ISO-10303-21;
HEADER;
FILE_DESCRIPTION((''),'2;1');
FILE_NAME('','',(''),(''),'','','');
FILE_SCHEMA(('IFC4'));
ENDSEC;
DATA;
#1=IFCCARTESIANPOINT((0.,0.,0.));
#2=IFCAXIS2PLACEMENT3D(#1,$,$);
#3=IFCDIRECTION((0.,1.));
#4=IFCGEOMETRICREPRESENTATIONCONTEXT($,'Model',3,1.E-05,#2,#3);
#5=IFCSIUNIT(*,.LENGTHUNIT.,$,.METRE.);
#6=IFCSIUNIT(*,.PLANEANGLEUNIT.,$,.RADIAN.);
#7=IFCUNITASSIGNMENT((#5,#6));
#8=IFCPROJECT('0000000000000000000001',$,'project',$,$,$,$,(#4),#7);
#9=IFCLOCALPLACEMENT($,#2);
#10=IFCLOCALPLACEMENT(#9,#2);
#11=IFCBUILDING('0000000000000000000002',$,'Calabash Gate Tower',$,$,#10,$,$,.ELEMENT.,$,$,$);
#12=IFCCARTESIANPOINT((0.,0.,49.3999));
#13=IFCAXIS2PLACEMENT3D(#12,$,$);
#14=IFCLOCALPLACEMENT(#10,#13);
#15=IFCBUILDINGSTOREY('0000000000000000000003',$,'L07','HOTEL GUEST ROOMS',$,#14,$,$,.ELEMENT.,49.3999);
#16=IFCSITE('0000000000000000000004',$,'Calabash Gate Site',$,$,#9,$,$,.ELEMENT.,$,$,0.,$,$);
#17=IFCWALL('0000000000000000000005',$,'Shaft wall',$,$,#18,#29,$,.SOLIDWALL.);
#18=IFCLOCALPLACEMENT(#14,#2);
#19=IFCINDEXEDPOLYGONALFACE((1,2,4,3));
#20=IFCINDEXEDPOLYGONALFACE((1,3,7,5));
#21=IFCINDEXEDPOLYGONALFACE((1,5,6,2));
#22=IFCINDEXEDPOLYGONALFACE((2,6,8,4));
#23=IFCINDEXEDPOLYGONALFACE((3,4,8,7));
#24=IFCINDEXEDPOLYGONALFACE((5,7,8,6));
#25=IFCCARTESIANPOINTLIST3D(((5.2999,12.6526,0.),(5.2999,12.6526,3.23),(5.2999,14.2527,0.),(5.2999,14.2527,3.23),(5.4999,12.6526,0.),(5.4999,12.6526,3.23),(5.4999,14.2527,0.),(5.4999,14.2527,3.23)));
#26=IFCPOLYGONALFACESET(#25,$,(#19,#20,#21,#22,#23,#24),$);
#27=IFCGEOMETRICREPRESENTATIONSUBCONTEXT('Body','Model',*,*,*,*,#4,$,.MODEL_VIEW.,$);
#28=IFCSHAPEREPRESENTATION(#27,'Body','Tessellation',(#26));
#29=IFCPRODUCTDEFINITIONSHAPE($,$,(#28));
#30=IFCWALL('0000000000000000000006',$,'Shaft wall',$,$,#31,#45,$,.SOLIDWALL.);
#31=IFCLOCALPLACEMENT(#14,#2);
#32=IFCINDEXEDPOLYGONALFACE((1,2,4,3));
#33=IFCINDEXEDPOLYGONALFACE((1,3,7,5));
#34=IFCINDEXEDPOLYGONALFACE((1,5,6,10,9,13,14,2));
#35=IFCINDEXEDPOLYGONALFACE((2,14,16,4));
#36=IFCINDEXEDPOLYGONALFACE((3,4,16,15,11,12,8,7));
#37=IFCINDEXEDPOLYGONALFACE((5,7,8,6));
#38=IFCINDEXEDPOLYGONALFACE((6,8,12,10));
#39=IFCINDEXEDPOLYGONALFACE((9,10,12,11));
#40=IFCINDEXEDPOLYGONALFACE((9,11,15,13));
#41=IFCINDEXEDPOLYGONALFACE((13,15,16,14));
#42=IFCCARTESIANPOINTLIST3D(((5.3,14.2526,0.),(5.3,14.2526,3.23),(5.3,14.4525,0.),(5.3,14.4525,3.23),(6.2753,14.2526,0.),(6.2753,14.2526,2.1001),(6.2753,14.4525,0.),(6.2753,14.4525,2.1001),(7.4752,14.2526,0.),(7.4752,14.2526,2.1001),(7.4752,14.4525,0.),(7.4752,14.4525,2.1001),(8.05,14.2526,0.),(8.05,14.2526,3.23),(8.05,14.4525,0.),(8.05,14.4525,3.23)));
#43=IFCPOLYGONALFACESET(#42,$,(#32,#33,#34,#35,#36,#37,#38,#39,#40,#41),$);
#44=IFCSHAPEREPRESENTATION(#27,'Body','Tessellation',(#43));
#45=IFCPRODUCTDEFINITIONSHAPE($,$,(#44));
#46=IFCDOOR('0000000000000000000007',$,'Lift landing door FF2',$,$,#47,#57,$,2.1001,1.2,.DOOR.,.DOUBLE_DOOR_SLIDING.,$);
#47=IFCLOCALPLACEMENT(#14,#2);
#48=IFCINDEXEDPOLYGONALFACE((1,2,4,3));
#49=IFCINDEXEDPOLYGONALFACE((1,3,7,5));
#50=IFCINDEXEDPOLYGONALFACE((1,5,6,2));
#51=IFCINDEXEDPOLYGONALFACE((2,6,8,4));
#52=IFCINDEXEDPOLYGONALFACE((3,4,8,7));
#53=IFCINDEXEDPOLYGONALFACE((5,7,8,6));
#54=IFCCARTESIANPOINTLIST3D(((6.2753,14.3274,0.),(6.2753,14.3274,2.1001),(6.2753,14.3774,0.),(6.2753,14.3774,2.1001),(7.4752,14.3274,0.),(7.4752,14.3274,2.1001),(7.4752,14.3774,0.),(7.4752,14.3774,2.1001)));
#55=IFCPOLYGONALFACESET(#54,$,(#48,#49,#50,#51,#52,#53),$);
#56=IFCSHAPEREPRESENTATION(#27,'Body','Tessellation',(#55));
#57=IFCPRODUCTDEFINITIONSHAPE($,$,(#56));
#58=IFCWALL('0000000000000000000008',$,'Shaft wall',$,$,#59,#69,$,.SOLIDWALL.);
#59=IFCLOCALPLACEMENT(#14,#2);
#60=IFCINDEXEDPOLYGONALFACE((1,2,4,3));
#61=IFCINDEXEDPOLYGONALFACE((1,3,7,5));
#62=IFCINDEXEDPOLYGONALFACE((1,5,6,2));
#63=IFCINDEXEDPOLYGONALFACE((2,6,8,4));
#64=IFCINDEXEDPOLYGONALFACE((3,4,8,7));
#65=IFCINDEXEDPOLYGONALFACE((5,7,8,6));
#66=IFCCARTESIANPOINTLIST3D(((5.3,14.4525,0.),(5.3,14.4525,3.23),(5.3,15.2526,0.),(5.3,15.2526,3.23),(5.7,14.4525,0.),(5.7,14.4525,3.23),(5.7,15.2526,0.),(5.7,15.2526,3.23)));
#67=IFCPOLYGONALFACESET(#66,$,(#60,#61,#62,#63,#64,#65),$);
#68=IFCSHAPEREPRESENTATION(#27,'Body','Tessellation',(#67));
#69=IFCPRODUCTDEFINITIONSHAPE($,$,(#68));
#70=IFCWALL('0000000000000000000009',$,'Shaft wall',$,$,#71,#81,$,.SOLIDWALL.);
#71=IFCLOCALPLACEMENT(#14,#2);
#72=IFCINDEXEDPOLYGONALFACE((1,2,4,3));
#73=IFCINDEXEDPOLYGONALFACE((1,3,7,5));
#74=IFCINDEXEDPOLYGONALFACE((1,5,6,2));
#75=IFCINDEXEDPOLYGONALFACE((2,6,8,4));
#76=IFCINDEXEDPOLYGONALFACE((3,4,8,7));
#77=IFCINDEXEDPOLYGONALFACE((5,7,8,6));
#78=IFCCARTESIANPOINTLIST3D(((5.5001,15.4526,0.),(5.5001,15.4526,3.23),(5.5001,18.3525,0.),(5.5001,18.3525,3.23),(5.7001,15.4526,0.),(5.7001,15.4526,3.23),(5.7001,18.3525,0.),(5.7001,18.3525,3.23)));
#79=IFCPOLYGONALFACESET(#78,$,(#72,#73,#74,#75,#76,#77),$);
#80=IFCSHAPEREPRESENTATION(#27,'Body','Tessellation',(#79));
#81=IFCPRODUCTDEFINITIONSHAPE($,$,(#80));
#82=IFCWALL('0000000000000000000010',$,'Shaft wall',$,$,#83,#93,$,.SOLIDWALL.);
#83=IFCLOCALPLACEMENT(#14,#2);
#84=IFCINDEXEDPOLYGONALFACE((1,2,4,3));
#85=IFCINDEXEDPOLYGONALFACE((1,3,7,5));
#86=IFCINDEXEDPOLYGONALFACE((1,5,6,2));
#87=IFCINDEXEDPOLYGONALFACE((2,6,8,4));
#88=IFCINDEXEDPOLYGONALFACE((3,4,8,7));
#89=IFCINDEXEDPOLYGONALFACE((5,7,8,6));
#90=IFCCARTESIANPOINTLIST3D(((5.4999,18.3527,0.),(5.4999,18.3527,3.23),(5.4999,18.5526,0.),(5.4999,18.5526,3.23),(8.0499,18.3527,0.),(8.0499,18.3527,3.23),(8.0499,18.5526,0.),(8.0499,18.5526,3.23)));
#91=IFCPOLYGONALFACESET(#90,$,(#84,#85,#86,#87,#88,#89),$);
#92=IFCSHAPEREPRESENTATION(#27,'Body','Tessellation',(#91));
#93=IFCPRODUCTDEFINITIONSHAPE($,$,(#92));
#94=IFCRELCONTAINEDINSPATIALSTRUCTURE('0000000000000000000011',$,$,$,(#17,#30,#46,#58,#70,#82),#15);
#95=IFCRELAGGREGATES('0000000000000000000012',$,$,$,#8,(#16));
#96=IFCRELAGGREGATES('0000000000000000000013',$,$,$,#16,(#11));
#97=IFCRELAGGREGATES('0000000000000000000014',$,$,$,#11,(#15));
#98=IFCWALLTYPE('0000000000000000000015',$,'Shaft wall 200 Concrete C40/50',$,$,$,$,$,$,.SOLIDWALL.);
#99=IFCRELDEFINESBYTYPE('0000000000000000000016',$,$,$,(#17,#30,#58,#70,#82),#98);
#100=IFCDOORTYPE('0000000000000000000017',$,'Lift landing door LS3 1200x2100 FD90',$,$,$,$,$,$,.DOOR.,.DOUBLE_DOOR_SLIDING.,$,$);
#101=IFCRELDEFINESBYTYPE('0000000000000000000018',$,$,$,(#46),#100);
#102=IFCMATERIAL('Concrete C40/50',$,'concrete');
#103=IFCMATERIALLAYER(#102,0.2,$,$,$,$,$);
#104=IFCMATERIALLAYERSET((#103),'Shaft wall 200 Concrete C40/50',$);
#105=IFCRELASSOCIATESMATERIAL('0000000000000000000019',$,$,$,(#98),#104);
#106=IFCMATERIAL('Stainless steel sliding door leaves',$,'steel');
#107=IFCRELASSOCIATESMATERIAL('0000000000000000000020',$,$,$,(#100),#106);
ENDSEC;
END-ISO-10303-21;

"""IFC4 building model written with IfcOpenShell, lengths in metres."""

from ifc_helpers import new_model, si_unit, direction, frame, frame_2d, origin, place, context, subcontext, project, spatial, rectangle, extrude, material, layer, layer_set, type_object, element, fill, save


model = new_model("IFC4")

# Units and contexts
model_context = context("Model", 3, precision=1e-05, world=origin(), true_north=direction((0.0, 1.0)))
body_context = subcontext(model_context, "Body", "Model", "MODEL_VIEW")
ifc_project = project(units=[si_unit("LENGTHUNIT", "METRE"), si_unit("PLANEANGLEUNIT", "RADIAN")], contexts=[model_context])

# Site, building, storey
site_placement = place(None, origin())
site = spatial("IfcSite", under=ifc_project, at=site_placement, Name="Calabash Gate Site", CompositionType="ELEMENT", RefElevation=0.0)
building_placement = place(site_placement, origin())
building = spatial("IfcBuilding", under=site, at=building_placement, Name="Calabash Gate Tower", CompositionType="ELEMENT")
storey_placement = place(building_placement, frame((0.0, 0.0, 49.3999)))
storey = spatial("IfcBuildingStorey", under=building, at=storey_placement, Name="L07", Description="HOTEL GUEST ROOMS", CompositionType="ELEMENT", Elevation=49.3999)

# Shared definitions
ifc_material_1 = material(Name="Concrete C40/50", Category="concrete")
ifc_layer_1 = layer(ifc_material_1, 0.2)
ifc_layer_set_1 = layer_set([ifc_layer_1], Name="Shaft wall 200 Concrete C40/50")
wall_type_1 = type_object("IfcWallType", Name="Shaft wall 200 Concrete C40/50", PredefinedType="SOLIDWALL", material=ifc_layer_set_1)

# Wall
wall_1_placement = place(storey_placement, frame((5.3999, 12.6526, 0.0), z_axis=(0.0, 0.0, 1.0), x_axis=(0.0, 1.0, 0.0)))
element("IfcWall", 1, at=wall_1_placement, inside=storey, type_object=wall_type_1, Name="Shaft wall", PredefinedType="SOLIDWALL", context=body_context, shape_type="SweptSolid", body=[
    extrude(rectangle(XDim=1.6001, YDim=0.2, at=frame_2d((0.8, 0.0))), origin(), (0.0, 0.0, 1.0), 3.23),
])

# Wall, opening, door
wall_2_placement = place(storey_placement, frame((5.3, 14.3525, 0.0), z_axis=(0.0, 0.0, 1.0), x_axis=(1.0, 0.0, 0.0)))
wall_2 = element("IfcWall", 2, at=wall_2_placement, inside=storey, type_object=wall_type_1, Name="Shaft wall", PredefinedType="SOLIDWALL", context=body_context, shape_type="SweptSolid", body=[
    extrude(rectangle(XDim=2.75, YDim=0.2, at=frame_2d((1.375, 0.0))), origin(), (0.0, 0.0, 1.0), 3.23),
])
opening_1_placement = place(wall_2_placement, frame((0.9751, 0.0, 0.0)))
opening_1 = element("IfcOpeningElement", 3, at=opening_1_placement, cuts=wall_2, PredefinedType="OPENING", context=body_context, shape_type="SweptSolid", body=[
    extrude(rectangle(XDim=1.2, YDim=2.1001, at=frame_2d((0.6001, 1.05))), frame((0.0, 0.1099, 0.0), z_axis=(0.0, -1.0, 0.0), x_axis=(1.0, 0.0, 0.0)), (0.0, 0.0, 1.0), 0.22),
])
ifc_material_2 = material(Name="Stainless steel sliding door leaves", Category="steel")
door_type_1 = type_object("IfcDoorType", Name="Lift landing door LS3 1200x2100 FD90", OperationType="DOUBLE_DOOR_SLIDING", PredefinedType="DOOR", material=ifc_material_2)
door_1_placement = place(opening_1_placement, origin())
door_1 = element("IfcDoor", 4, at=door_1_placement, inside=storey, type_object=door_type_1, Name="Lift landing door FF2", OperationType="DOUBLE_DOOR_SLIDING", OverallHeight=2.1001, OverallWidth=1.2, PredefinedType="DOOR", context=body_context, shape_type="SweptSolid", body=[
    extrude(rectangle(XDim=1.2, YDim=2.1001, at=frame_2d((0.6001, 1.05))), frame((0.0, 0.0249, 0.0), z_axis=(0.0, -1.0, 0.0), x_axis=(1.0, 0.0, 0.0)), (0.0, 0.0, 1.0), 0.05),
])
fill(opening_1, door_1)

# Walls
wall_3_placement = place(storey_placement, frame((5.5, 14.4526, 0.0), z_axis=(0.0, 0.0, 1.0), x_axis=(0.0, 1.0, 0.0)))
element("IfcWall", 5, at=wall_3_placement, inside=storey, type_object=wall_type_1, Name="Shaft wall", PredefinedType="SOLIDWALL", context=body_context, shape_type="SweptSolid", body=[
    extrude(rectangle(XDim=0.8, YDim=0.3999, at=frame_2d((0.3999, 0.0))), origin(), (0.0, 0.0, 1.0), 3.23),
])
wall_4_placement = place(storey_placement, frame((5.6001, 15.4526, 0.0), z_axis=(0.0, 0.0, 1.0), x_axis=(0.0, 1.0, 0.0)))
element("IfcWall", 6, at=wall_4_placement, inside=storey, type_object=wall_type_1, Name="Shaft wall", PredefinedType="SOLIDWALL", context=body_context, shape_type="SweptSolid", body=[
    extrude(rectangle(XDim=2.8999, YDim=0.2, at=frame_2d((1.45, 0.0))), origin(), (0.0, 0.0, 1.0), 3.23),
])
wall_5_placement = place(storey_placement, frame((5.5, 18.4526, 0.0), z_axis=(0.0, 0.0, 1.0), x_axis=(1.0, 0.0, 0.0)))
element("IfcWall", 7, at=wall_5_placement, inside=storey, type_object=wall_type_1, Name="Shaft wall", PredefinedType="SOLIDWALL", context=body_context, shape_type="SweptSolid", body=[
    extrude(rectangle(XDim=2.55, YDim=0.2, at=frame_2d((1.2749, 0.0))), origin(), (0.0, 0.0, 1.0), 3.23),
])

save(model, "model.ifc")
